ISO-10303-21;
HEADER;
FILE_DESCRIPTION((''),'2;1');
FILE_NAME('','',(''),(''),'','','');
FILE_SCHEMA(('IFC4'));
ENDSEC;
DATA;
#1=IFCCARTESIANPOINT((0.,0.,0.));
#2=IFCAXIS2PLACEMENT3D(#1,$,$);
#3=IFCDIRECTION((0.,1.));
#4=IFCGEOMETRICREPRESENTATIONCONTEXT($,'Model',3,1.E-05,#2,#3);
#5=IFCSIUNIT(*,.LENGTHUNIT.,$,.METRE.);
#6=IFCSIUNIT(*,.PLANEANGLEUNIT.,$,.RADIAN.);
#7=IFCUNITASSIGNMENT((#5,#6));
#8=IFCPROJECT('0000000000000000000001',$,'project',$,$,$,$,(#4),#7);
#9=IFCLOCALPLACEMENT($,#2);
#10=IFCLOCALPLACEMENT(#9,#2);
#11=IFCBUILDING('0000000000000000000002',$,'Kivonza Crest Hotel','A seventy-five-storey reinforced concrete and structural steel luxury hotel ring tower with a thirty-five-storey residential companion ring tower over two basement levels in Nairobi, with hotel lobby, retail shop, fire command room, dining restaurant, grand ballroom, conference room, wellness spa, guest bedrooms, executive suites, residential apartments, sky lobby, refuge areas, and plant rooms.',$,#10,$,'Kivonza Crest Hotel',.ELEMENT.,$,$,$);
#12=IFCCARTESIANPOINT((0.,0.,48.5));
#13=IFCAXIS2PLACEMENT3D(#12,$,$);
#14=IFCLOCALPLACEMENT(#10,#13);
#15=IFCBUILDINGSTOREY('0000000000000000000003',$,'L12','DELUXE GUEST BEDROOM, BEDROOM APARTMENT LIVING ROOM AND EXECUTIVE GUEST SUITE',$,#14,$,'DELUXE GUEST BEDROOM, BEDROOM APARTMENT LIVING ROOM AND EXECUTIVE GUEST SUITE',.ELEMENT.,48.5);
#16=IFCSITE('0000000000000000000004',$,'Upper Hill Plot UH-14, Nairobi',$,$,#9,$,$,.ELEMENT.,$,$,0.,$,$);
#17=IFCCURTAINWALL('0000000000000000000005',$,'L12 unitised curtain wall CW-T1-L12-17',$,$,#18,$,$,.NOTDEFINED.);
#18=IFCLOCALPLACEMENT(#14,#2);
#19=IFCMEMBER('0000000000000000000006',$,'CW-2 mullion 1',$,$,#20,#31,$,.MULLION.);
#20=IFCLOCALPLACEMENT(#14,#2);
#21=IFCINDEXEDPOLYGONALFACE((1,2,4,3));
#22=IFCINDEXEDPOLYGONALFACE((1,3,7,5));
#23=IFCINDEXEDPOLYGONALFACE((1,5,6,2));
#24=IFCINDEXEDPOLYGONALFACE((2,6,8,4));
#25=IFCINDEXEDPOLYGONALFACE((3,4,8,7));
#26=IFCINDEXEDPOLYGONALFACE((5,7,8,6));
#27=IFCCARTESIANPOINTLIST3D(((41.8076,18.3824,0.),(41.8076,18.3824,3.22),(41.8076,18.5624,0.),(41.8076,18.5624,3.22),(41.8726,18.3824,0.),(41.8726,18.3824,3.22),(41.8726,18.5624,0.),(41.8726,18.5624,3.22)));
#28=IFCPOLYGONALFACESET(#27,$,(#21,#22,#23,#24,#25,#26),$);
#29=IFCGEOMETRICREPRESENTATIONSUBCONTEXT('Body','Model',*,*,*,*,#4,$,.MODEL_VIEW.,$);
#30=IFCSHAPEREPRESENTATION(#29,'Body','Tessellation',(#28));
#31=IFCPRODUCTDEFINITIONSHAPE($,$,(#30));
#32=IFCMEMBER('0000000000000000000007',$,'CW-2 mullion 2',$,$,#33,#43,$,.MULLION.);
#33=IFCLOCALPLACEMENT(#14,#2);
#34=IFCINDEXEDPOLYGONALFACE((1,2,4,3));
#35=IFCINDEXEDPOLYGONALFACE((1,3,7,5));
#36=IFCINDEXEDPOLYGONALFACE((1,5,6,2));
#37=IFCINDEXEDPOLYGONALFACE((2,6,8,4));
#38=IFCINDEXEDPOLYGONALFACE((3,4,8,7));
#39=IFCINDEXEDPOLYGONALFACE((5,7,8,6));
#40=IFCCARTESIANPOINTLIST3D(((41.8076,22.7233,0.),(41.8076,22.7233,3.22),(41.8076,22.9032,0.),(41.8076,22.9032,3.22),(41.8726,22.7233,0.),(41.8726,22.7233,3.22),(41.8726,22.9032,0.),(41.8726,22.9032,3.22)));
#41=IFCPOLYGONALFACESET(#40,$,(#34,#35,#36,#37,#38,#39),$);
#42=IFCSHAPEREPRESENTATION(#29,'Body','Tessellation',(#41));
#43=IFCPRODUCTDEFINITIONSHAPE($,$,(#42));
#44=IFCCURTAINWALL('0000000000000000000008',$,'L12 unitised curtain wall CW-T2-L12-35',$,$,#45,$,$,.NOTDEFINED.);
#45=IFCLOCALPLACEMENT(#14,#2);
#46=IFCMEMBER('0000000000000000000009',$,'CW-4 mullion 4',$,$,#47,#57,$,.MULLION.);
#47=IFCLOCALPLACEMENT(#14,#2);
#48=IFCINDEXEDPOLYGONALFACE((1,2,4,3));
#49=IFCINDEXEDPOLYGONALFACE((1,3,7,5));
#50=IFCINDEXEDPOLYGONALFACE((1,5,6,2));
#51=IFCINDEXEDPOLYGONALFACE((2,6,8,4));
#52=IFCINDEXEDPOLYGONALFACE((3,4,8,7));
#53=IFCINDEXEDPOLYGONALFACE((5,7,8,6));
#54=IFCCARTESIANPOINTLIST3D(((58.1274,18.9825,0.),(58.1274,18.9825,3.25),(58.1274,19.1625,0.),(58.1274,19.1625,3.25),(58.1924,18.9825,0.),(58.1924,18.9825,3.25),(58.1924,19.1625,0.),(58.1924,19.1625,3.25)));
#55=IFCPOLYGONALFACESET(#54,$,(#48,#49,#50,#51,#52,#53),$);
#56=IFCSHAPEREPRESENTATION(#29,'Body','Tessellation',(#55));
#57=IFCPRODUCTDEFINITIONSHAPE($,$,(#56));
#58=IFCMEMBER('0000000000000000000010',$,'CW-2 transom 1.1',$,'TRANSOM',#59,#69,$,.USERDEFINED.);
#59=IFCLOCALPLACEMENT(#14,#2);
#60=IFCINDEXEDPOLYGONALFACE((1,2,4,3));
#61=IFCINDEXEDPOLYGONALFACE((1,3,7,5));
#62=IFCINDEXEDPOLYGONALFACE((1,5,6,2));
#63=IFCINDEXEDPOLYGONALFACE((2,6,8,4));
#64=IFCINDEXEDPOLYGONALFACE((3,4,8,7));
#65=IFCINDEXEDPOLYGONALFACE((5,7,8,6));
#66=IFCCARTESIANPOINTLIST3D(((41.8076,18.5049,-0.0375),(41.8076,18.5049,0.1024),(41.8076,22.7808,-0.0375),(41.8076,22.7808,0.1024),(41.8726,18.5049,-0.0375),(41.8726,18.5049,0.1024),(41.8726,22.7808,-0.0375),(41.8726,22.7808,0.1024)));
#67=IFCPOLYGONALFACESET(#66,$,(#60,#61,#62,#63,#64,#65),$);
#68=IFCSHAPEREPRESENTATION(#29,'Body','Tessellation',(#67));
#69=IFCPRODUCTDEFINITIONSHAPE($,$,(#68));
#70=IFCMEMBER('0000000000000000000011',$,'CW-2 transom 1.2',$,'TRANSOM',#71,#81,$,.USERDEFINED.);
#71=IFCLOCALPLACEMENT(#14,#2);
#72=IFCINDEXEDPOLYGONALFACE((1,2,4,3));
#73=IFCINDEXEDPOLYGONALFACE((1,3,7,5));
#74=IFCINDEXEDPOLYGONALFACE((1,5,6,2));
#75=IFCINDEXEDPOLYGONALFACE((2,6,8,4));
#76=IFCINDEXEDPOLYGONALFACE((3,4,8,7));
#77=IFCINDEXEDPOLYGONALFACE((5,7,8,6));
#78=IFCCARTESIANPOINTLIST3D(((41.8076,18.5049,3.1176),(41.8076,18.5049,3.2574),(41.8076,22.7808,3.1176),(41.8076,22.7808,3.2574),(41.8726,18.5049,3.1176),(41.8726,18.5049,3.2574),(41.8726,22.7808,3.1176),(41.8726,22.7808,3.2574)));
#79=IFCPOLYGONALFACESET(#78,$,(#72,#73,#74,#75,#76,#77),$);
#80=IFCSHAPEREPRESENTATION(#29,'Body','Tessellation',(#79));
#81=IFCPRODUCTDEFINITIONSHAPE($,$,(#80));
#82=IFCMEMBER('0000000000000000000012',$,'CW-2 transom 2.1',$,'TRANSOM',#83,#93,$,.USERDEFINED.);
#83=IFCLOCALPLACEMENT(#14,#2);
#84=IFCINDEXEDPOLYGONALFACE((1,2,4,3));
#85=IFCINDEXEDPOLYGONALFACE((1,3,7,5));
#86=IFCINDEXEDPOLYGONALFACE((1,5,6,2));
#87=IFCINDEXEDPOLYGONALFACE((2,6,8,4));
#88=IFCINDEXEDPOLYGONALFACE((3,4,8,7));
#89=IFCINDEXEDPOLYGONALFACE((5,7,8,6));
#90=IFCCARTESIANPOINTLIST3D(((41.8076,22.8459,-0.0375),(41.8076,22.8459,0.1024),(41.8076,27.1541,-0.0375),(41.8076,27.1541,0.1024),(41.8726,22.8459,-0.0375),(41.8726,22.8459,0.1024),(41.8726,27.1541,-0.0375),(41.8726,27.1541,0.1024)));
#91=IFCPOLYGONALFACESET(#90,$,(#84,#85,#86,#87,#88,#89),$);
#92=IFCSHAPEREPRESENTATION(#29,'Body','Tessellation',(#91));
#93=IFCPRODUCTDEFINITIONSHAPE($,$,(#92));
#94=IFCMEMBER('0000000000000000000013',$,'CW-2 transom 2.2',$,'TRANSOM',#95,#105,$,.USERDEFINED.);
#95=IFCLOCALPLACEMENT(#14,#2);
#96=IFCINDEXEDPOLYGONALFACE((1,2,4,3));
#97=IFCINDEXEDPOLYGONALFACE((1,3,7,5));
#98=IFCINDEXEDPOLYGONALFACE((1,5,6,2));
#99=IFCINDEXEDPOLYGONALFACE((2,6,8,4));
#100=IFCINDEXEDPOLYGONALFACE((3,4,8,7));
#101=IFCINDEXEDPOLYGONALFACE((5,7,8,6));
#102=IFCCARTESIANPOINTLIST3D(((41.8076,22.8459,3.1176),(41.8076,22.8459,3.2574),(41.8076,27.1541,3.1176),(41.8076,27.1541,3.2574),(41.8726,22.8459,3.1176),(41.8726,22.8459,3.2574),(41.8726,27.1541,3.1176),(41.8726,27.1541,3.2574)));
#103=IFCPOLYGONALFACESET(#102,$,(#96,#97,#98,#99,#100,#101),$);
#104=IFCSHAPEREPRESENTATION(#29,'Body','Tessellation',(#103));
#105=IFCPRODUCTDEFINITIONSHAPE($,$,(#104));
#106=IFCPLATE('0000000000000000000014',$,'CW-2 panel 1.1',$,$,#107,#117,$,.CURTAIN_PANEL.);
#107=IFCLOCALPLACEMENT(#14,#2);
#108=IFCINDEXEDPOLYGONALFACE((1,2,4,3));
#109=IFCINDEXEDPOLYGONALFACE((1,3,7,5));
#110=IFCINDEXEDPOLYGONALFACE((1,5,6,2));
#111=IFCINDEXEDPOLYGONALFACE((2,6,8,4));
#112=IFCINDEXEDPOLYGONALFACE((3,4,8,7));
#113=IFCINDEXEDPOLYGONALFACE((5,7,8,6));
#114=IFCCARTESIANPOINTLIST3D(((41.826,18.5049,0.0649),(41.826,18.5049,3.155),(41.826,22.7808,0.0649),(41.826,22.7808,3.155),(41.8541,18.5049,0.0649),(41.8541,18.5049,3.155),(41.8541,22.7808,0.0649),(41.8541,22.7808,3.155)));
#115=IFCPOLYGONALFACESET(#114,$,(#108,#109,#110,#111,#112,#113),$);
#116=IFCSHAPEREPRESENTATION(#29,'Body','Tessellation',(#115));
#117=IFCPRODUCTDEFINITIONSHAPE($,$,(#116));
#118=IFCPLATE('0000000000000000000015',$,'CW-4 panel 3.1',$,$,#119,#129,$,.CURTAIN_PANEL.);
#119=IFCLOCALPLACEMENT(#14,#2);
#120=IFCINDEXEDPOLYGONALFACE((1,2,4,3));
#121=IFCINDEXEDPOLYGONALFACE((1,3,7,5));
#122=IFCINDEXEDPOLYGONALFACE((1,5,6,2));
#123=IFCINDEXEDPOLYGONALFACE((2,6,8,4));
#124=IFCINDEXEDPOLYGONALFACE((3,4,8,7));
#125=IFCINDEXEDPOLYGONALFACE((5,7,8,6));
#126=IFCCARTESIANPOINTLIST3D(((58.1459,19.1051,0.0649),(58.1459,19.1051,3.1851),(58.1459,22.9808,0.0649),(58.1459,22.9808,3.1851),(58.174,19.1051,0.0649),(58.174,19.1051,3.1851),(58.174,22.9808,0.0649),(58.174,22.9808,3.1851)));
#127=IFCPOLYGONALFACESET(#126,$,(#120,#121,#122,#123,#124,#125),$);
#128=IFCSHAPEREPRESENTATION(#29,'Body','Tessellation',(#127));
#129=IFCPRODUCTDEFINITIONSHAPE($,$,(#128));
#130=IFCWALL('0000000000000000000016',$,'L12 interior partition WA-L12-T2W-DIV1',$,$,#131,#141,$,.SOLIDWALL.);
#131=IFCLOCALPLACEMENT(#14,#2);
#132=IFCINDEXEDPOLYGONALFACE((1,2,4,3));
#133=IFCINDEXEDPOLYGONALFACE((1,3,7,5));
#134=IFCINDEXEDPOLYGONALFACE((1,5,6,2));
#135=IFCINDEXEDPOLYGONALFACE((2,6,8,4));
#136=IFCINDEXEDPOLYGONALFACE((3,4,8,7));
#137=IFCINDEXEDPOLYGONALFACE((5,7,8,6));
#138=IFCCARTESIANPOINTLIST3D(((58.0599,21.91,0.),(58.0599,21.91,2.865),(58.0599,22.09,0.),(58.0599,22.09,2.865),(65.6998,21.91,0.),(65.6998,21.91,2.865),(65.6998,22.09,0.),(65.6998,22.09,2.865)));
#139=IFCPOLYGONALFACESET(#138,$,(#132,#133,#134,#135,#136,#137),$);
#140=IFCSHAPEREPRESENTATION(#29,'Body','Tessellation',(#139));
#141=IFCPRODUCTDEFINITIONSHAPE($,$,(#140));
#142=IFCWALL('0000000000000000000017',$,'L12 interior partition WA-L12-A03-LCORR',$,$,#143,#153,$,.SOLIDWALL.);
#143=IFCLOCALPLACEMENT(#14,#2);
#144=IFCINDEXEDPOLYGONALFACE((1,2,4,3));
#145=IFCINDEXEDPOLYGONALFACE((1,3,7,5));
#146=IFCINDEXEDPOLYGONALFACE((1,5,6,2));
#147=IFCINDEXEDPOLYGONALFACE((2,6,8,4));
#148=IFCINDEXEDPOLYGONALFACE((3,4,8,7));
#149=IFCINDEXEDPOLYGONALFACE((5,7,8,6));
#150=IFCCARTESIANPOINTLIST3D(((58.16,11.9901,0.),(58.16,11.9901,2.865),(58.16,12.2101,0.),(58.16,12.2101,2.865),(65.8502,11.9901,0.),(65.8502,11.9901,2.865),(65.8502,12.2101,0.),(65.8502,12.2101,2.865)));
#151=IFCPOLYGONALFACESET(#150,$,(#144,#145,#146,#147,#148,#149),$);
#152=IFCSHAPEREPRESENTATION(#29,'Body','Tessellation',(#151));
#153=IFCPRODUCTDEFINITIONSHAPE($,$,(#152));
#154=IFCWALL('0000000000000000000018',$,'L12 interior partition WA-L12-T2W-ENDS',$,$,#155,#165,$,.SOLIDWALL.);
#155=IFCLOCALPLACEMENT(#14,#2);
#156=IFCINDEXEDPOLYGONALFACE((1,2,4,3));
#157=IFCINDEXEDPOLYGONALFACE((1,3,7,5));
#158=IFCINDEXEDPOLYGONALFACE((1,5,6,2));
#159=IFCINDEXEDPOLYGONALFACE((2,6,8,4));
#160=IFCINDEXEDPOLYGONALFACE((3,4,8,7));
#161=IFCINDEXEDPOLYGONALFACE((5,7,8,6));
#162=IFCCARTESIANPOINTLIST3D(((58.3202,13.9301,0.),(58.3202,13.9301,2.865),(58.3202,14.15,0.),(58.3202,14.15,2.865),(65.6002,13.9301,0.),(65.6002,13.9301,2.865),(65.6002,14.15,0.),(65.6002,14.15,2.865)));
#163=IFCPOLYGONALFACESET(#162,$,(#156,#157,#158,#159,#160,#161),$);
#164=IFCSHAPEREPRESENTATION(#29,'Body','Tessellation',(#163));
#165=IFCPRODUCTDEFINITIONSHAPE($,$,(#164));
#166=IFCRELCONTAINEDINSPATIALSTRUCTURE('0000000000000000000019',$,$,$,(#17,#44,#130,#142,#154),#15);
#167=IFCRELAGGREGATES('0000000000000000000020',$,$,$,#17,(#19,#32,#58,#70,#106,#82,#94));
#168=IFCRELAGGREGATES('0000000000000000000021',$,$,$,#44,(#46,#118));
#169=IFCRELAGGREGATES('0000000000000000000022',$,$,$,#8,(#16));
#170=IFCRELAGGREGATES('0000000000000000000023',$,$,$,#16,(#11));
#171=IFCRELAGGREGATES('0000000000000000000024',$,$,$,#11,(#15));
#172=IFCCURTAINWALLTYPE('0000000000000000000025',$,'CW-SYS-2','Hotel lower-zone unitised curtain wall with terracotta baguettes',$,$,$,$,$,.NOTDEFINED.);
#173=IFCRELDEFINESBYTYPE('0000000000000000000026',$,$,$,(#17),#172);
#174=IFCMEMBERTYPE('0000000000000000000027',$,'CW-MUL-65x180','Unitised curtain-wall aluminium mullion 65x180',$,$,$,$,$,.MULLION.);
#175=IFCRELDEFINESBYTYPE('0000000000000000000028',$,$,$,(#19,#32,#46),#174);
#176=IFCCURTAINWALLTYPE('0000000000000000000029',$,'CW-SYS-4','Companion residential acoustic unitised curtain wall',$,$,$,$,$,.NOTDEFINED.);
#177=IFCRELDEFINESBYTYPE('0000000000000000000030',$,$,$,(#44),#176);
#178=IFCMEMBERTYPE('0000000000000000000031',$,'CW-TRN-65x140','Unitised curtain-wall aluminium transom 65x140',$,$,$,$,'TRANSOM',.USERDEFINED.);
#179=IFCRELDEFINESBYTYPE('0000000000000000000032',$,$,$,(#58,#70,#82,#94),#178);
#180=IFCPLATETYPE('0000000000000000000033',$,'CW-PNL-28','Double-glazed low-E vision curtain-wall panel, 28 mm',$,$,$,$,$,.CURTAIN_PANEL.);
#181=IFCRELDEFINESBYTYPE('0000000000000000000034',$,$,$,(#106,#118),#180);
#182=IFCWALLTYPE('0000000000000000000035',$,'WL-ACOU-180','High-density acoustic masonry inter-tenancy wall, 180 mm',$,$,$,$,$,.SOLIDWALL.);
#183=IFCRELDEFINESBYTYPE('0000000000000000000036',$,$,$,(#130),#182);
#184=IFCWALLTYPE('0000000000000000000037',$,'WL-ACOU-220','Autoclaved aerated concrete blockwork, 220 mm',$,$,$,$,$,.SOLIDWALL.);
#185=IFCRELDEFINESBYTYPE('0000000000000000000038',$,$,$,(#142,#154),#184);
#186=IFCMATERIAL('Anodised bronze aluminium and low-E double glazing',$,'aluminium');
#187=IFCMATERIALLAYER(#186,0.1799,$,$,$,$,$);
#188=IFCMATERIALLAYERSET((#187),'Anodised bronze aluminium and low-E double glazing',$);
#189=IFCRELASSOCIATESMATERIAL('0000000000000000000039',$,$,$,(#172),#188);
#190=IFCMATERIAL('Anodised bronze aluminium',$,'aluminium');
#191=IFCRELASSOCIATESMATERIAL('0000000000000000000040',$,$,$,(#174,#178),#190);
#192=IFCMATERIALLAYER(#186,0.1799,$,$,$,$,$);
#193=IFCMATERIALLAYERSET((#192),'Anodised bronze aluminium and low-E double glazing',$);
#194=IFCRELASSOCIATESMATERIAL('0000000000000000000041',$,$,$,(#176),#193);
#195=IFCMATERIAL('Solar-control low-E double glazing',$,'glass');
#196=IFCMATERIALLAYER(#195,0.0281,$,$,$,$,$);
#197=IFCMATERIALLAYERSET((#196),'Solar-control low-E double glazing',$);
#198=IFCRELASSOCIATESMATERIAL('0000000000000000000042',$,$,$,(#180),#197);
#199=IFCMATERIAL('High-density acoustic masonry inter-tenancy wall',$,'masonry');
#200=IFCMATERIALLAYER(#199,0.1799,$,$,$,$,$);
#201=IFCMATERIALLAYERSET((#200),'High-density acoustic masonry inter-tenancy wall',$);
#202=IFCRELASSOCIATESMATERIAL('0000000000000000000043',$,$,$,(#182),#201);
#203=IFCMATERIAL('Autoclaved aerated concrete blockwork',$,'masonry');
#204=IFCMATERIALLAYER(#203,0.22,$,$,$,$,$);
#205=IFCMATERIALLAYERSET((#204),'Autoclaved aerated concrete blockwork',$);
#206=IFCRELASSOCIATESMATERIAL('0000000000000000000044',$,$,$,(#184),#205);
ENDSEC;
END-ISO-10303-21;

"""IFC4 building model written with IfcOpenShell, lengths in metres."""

from ifc_helpers import new_model, si_unit, direction, frame, frame_2d, origin, origin_2d, place, context, subcontext, project, spatial, rectangle, extrude, material, layer, layer_set, material_profile, profile_set, type_object, element, aggregate, save


model = new_model("IFC4")

# Units and contexts
model_context = context("Model", 3, precision=1e-05, world=origin(), true_north=direction((0.0, 1.0)))
body_context = subcontext(model_context, "Body", "Model", "MODEL_VIEW")
ifc_project = project(units=[si_unit("LENGTHUNIT", "METRE"), si_unit("PLANEANGLEUNIT", "RADIAN")], contexts=[model_context])

# Site, building, storey
site_placement = place(None, origin())
site = spatial("IfcSite", under=ifc_project, at=site_placement, Name="Upper Hill Plot UH-14, Nairobi", CompositionType="ELEMENT", RefElevation=0.0)
building_placement = place(site_placement, origin())
building = spatial("IfcBuilding", under=site, at=building_placement, Name="Kivonza Crest Hotel", Description="A seventy-five-storey reinforced concrete and structural steel luxury hotel ring tower with a thirty-five-storey residential companion ring tower over two basement levels in Nairobi, with hotel lobby, retail shop, fire command room, dining restaurant, grand ballroom, conference room, wellness spa, guest bedrooms, executive suites, residential apartments, sky lobby, refuge areas, and plant rooms.", LongName="Kivonza Crest Hotel", CompositionType="ELEMENT")
storey_placement = place(building_placement, frame((0.0, 0.0, 48.5)))
storey = spatial("IfcBuildingStorey", under=building, at=storey_placement, Name="L12", Description="DELUXE GUEST BEDROOM, BEDROOM APARTMENT LIVING ROOM AND EXECUTIVE GUEST SUITE", LongName="DELUXE GUEST BEDROOM, BEDROOM APARTMENT LIVING ROOM AND EXECUTIVE GUEST SUITE", CompositionType="ELEMENT", Elevation=48.5)

# Curtain wall, members
ifc_material_1 = material(Name="Anodised bronze aluminium and low-E double glazing", Category="aluminium")
ifc_layer_1 = layer(ifc_material_1, 0.1799)
ifc_layer_set_1 = layer_set([ifc_layer_1], Name="Anodised bronze aluminium and low-E double glazing")
curtain_wall_type_1 = type_object("IfcCurtainWallType", Name="CW-SYS-2", Description="Hotel lower-zone unitised curtain wall with terracotta baguettes", PredefinedType="NOTDEFINED", material=ifc_layer_set_1)
curtain_wall_1_placement = place(storey_placement, origin())
curtain_wall_1 = element("IfcCurtainWall", 1, at=curtain_wall_1_placement, inside=storey, type_object=curtain_wall_type_1, Name="L12 unitised curtain wall CW-T1-L12-17", PredefinedType="NOTDEFINED")
ifc_material_2 = material(Name="Anodised bronze aluminium", Category="aluminium")
ifc_material_profile_1 = material_profile(ifc_material_2, rectangle(XDim=0.0649, YDim=0.1799, at=origin_2d()), Name="CW-M 65x180")
ifc_profile_set_1 = profile_set([ifc_material_profile_1], Name="Anodised bronze aluminium")
member_type_1 = type_object("IfcMemberType", Name="CW-MUL-65x180", Description="Unitised curtain-wall aluminium mullion 65x180", PredefinedType="MULLION", material=ifc_profile_set_1)
member_1_placement = place(storey_placement, frame((41.8401, 18.4724, 0.0), z_axis=(0.0, 0.0, 1.0), x_axis=(-1.0, 0.0, 0.0)))
member_1 = element("IfcMember", 2, at=member_1_placement, type_object=member_type_1, Name="CW-2 mullion 1", PredefinedType="MULLION", context=body_context, shape_type="SweptSolid", body=[
    extrude(rectangle(XDim=0.0649, YDim=0.1799, at=origin_2d()), origin(), (0.0, 0.0, 1.0), 3.22),
])
member_2_placement = place(storey_placement, frame((41.8401, 22.8132, 0.0), z_axis=(0.0, 0.0, 1.0), x_axis=(-1.0, 0.0, 0.0)))
member_2 = element("IfcMember", 3, at=member_2_placement, type_object=member_type_1, Name="CW-2 mullion 2", PredefinedType="MULLION", context=body_context, shape_type="SweptSolid", body=[
    extrude(rectangle(XDim=0.0649, YDim=0.1799, at=origin_2d()), origin(), (0.0, 0.0, 1.0), 3.22),
])

# Curtain wall, member
ifc_layer_2 = layer(ifc_material_1, 0.1799)
ifc_layer_set_2 = layer_set([ifc_layer_2], Name="Anodised bronze aluminium and low-E double glazing")
curtain_wall_type_2 = type_object("IfcCurtainWallType", Name="CW-SYS-4", Description="Companion residential acoustic unitised curtain wall", PredefinedType="NOTDEFINED", material=ifc_layer_set_2)
curtain_wall_2_placement = place(storey_placement, origin())
curtain_wall_2 = element("IfcCurtainWall", 4, at=curtain_wall_2_placement, inside=storey, type_object=curtain_wall_type_2, Name="L12 unitised curtain wall CW-T2-L12-35", PredefinedType="NOTDEFINED")
member_3_placement = place(storey_placement, frame((58.1599, 19.0725, 0.0), z_axis=(0.0, 0.0, 1.0), x_axis=(1.0, 0.0, 0.0)))
member_3 = element("IfcMember", 5, at=member_3_placement, type_object=member_type_1, Name="CW-4 mullion 4", PredefinedType="MULLION", context=body_context, shape_type="SweptSolid", body=[
    extrude(rectangle(XDim=0.0649, YDim=0.1799, at=origin_2d()), origin(), (0.0, 0.0, 1.0), 3.25),
])

# Members
ifc_material_profile_2 = material_profile(ifc_material_2, rectangle(XDim=0.0649, YDim=0.1399, at=origin_2d()), Name="CW-T 65x140")
ifc_profile_set_2 = profile_set([ifc_material_profile_2], Name="Anodised bronze aluminium")
member_type_2 = type_object("IfcMemberType", Name="CW-TRN-65x140", Description="Unitised curtain-wall aluminium transom 65x140", ElementType="TRANSOM", PredefinedType="USERDEFINED", material=ifc_profile_set_2)
member_4_placement = place(storey_placement, frame((41.8401, 18.5049, 0.0325), z_axis=(0.0, 1.0, 0.0), x_axis=(-1.0, 0.0, 0.0)))
member_4 = element("IfcMember", 6, at=member_4_placement, type_object=member_type_2, Name="CW-2 transom 1.1", ObjectType="TRANSOM", PredefinedType="USERDEFINED", context=body_context, shape_type="SweptSolid", body=[
    extrude(rectangle(XDim=0.0649, YDim=0.1399, at=origin_2d()), origin(), (0.0, 0.0, 1.0), 4.2759),
])
member_5_placement = place(storey_placement, frame((41.8401, 18.5049, 3.1875), z_axis=(0.0, 1.0, 0.0), x_axis=(-1.0, 0.0, 0.0)))
member_5 = element("IfcMember", 7, at=member_5_placement, type_object=member_type_2, Name="CW-2 transom 1.2", ObjectType="TRANSOM", PredefinedType="USERDEFINED", context=body_context, shape_type="SweptSolid", body=[
    extrude(rectangle(XDim=0.0649, YDim=0.1399, at=origin_2d()), origin(), (0.0, 0.0, 1.0), 4.2759),
])
member_6_placement = place(storey_placement, frame((41.8401, 22.8459, 0.0325), z_axis=(0.0, 1.0, 0.0), x_axis=(-1.0, 0.0, 0.0)))
member_6 = element("IfcMember", 8, at=member_6_placement, type_object=member_type_2, Name="CW-2 transom 2.1", ObjectType="TRANSOM", PredefinedType="USERDEFINED", context=body_context, shape_type="SweptSolid", body=[
    extrude(rectangle(XDim=0.0649, YDim=0.1399, at=origin_2d()), origin(), (0.0, 0.0, 1.0), 4.3081),
])
member_7_placement = place(storey_placement, frame((41.8401, 22.8459, 3.1875), z_axis=(0.0, 1.0, 0.0), x_axis=(-1.0, 0.0, 0.0)))
member_7 = element("IfcMember", 9, at=member_7_placement, type_object=member_type_2, Name="CW-2 transom 2.2", ObjectType="TRANSOM", PredefinedType="USERDEFINED", context=body_context, shape_type="SweptSolid", body=[
    extrude(rectangle(XDim=0.0649, YDim=0.1399, at=origin_2d()), origin(), (0.0, 0.0, 1.0), 4.3081),
])

# Plates
ifc_material_3 = material(Name="Solar-control low-E double glazing", Category="glass")
ifc_layer_3 = layer(ifc_material_3, 0.0281)
ifc_layer_set_3 = layer_set([ifc_layer_3], Name="Solar-control low-E double glazing")
plate_type = type_object("IfcPlateType", Name="CW-PNL-28", Description="Double-glazed low-E vision curtain-wall panel, 28 mm", PredefinedType="CURTAIN_PANEL", material=ifc_layer_set_3)
plate_1_placement = place(storey_placement, frame((41.8401, 20.6428, 0.0649), z_axis=(0.0, 0.0, 1.0), x_axis=(0.0, 1.0, 0.0)))
plate_1 = element("IfcPlate", 10, at=plate_1_placement, type_object=plate_type, Name="CW-2 panel 1.1", PredefinedType="CURTAIN_PANEL", context=body_context, shape_type="SweptSolid", body=[
    extrude(rectangle(XDim=4.2759, YDim=0.0281, at=origin_2d()), origin(), (0.0, 0.0, 1.0), 3.0901),
])
aggregate(curtain_wall_1, [member_1, member_2, member_4, member_5, plate_1, member_6, member_7])
plate_2_placement = place(storey_placement, frame((58.1599, 21.043, 0.0649), z_axis=(0.0, 0.0, 1.0), x_axis=(0.0, -1.0, 0.0)))
plate_2 = element("IfcPlate", 11, at=plate_2_placement, type_object=plate_type, Name="CW-4 panel 3.1", PredefinedType="CURTAIN_PANEL", context=body_context, shape_type="SweptSolid", body=[
    extrude(rectangle(XDim=3.8757, YDim=0.0281, at=origin_2d()), origin(), (0.0, 0.0, 1.0), 3.1201),
])
aggregate(curtain_wall_2, [member_3, plate_2])

# Walls
ifc_material_4 = material(Name="High-density acoustic masonry inter-tenancy wall", Category="masonry")
ifc_layer_4 = layer(ifc_material_4, 0.1799)
ifc_layer_set_4 = layer_set([ifc_layer_4], Name="High-density acoustic masonry inter-tenancy wall")
wall_type_1 = type_object("IfcWallType", Name="WL-ACOU-180", Description="High-density acoustic masonry inter-tenancy wall, 180 mm", PredefinedType="SOLIDWALL", material=ifc_layer_set_4)
wall_1_placement = place(storey_placement, frame((58.0601, 22.0, 0.0), z_axis=(0.0, 0.0, 1.0), x_axis=(1.0, 0.0, 0.0)))
element("IfcWall", 12, at=wall_1_placement, inside=storey, type_object=wall_type_1, Name="L12 interior partition WA-L12-T2W-DIV1", PredefinedType="SOLIDWALL", context=body_context, shape_type="SweptSolid", body=[
    extrude(rectangle(XDim=7.6399, YDim=0.1799, at=frame_2d((3.8198, 0.0))), origin(), (0.0, 0.0, 1.0), 2.865),
])
ifc_material_5 = material(Name="Autoclaved aerated concrete blockwork", Category="masonry")
ifc_layer_5 = layer(ifc_material_5, 0.22)
ifc_layer_set_5 = layer_set([ifc_layer_5], Name="Autoclaved aerated concrete blockwork")
wall_type_2 = type_object("IfcWallType", Name="WL-ACOU-220", Description="Autoclaved aerated concrete blockwork, 220 mm", PredefinedType="SOLIDWALL", material=ifc_layer_set_5)
wall_2_placement = place(storey_placement, frame((58.1599, 12.1001, 0.0), z_axis=(0.0, 0.0, 1.0), x_axis=(1.0, 0.0, 0.0)))
element("IfcWall", 13, at=wall_2_placement, inside=storey, type_object=wall_type_2, Name="L12 interior partition WA-L12-A03-LCORR", PredefinedType="SOLIDWALL", context=body_context, shape_type="SweptSolid", body=[
    extrude(rectangle(XDim=7.6902, YDim=0.22, at=frame_2d((3.8452, 0.0))), origin(), (0.0, 0.0, 1.0), 2.865),
])
wall_3_placement = place(storey_placement, frame((58.3201, 14.04, 0.0), z_axis=(0.0, 0.0, 1.0), x_axis=(1.0, 0.0, 0.0)))
element("IfcWall", 14, at=wall_3_placement, inside=storey, type_object=wall_type_2, Name="L12 interior partition WA-L12-T2W-ENDS", PredefinedType="SOLIDWALL", context=body_context, shape_type="SweptSolid", body=[
    extrude(rectangle(XDim=7.28, YDim=0.22, at=frame_2d((3.6401, 0.0))), origin(), (0.0, 0.0, 1.0), 2.865),
])

save(model, "model.ifc")
